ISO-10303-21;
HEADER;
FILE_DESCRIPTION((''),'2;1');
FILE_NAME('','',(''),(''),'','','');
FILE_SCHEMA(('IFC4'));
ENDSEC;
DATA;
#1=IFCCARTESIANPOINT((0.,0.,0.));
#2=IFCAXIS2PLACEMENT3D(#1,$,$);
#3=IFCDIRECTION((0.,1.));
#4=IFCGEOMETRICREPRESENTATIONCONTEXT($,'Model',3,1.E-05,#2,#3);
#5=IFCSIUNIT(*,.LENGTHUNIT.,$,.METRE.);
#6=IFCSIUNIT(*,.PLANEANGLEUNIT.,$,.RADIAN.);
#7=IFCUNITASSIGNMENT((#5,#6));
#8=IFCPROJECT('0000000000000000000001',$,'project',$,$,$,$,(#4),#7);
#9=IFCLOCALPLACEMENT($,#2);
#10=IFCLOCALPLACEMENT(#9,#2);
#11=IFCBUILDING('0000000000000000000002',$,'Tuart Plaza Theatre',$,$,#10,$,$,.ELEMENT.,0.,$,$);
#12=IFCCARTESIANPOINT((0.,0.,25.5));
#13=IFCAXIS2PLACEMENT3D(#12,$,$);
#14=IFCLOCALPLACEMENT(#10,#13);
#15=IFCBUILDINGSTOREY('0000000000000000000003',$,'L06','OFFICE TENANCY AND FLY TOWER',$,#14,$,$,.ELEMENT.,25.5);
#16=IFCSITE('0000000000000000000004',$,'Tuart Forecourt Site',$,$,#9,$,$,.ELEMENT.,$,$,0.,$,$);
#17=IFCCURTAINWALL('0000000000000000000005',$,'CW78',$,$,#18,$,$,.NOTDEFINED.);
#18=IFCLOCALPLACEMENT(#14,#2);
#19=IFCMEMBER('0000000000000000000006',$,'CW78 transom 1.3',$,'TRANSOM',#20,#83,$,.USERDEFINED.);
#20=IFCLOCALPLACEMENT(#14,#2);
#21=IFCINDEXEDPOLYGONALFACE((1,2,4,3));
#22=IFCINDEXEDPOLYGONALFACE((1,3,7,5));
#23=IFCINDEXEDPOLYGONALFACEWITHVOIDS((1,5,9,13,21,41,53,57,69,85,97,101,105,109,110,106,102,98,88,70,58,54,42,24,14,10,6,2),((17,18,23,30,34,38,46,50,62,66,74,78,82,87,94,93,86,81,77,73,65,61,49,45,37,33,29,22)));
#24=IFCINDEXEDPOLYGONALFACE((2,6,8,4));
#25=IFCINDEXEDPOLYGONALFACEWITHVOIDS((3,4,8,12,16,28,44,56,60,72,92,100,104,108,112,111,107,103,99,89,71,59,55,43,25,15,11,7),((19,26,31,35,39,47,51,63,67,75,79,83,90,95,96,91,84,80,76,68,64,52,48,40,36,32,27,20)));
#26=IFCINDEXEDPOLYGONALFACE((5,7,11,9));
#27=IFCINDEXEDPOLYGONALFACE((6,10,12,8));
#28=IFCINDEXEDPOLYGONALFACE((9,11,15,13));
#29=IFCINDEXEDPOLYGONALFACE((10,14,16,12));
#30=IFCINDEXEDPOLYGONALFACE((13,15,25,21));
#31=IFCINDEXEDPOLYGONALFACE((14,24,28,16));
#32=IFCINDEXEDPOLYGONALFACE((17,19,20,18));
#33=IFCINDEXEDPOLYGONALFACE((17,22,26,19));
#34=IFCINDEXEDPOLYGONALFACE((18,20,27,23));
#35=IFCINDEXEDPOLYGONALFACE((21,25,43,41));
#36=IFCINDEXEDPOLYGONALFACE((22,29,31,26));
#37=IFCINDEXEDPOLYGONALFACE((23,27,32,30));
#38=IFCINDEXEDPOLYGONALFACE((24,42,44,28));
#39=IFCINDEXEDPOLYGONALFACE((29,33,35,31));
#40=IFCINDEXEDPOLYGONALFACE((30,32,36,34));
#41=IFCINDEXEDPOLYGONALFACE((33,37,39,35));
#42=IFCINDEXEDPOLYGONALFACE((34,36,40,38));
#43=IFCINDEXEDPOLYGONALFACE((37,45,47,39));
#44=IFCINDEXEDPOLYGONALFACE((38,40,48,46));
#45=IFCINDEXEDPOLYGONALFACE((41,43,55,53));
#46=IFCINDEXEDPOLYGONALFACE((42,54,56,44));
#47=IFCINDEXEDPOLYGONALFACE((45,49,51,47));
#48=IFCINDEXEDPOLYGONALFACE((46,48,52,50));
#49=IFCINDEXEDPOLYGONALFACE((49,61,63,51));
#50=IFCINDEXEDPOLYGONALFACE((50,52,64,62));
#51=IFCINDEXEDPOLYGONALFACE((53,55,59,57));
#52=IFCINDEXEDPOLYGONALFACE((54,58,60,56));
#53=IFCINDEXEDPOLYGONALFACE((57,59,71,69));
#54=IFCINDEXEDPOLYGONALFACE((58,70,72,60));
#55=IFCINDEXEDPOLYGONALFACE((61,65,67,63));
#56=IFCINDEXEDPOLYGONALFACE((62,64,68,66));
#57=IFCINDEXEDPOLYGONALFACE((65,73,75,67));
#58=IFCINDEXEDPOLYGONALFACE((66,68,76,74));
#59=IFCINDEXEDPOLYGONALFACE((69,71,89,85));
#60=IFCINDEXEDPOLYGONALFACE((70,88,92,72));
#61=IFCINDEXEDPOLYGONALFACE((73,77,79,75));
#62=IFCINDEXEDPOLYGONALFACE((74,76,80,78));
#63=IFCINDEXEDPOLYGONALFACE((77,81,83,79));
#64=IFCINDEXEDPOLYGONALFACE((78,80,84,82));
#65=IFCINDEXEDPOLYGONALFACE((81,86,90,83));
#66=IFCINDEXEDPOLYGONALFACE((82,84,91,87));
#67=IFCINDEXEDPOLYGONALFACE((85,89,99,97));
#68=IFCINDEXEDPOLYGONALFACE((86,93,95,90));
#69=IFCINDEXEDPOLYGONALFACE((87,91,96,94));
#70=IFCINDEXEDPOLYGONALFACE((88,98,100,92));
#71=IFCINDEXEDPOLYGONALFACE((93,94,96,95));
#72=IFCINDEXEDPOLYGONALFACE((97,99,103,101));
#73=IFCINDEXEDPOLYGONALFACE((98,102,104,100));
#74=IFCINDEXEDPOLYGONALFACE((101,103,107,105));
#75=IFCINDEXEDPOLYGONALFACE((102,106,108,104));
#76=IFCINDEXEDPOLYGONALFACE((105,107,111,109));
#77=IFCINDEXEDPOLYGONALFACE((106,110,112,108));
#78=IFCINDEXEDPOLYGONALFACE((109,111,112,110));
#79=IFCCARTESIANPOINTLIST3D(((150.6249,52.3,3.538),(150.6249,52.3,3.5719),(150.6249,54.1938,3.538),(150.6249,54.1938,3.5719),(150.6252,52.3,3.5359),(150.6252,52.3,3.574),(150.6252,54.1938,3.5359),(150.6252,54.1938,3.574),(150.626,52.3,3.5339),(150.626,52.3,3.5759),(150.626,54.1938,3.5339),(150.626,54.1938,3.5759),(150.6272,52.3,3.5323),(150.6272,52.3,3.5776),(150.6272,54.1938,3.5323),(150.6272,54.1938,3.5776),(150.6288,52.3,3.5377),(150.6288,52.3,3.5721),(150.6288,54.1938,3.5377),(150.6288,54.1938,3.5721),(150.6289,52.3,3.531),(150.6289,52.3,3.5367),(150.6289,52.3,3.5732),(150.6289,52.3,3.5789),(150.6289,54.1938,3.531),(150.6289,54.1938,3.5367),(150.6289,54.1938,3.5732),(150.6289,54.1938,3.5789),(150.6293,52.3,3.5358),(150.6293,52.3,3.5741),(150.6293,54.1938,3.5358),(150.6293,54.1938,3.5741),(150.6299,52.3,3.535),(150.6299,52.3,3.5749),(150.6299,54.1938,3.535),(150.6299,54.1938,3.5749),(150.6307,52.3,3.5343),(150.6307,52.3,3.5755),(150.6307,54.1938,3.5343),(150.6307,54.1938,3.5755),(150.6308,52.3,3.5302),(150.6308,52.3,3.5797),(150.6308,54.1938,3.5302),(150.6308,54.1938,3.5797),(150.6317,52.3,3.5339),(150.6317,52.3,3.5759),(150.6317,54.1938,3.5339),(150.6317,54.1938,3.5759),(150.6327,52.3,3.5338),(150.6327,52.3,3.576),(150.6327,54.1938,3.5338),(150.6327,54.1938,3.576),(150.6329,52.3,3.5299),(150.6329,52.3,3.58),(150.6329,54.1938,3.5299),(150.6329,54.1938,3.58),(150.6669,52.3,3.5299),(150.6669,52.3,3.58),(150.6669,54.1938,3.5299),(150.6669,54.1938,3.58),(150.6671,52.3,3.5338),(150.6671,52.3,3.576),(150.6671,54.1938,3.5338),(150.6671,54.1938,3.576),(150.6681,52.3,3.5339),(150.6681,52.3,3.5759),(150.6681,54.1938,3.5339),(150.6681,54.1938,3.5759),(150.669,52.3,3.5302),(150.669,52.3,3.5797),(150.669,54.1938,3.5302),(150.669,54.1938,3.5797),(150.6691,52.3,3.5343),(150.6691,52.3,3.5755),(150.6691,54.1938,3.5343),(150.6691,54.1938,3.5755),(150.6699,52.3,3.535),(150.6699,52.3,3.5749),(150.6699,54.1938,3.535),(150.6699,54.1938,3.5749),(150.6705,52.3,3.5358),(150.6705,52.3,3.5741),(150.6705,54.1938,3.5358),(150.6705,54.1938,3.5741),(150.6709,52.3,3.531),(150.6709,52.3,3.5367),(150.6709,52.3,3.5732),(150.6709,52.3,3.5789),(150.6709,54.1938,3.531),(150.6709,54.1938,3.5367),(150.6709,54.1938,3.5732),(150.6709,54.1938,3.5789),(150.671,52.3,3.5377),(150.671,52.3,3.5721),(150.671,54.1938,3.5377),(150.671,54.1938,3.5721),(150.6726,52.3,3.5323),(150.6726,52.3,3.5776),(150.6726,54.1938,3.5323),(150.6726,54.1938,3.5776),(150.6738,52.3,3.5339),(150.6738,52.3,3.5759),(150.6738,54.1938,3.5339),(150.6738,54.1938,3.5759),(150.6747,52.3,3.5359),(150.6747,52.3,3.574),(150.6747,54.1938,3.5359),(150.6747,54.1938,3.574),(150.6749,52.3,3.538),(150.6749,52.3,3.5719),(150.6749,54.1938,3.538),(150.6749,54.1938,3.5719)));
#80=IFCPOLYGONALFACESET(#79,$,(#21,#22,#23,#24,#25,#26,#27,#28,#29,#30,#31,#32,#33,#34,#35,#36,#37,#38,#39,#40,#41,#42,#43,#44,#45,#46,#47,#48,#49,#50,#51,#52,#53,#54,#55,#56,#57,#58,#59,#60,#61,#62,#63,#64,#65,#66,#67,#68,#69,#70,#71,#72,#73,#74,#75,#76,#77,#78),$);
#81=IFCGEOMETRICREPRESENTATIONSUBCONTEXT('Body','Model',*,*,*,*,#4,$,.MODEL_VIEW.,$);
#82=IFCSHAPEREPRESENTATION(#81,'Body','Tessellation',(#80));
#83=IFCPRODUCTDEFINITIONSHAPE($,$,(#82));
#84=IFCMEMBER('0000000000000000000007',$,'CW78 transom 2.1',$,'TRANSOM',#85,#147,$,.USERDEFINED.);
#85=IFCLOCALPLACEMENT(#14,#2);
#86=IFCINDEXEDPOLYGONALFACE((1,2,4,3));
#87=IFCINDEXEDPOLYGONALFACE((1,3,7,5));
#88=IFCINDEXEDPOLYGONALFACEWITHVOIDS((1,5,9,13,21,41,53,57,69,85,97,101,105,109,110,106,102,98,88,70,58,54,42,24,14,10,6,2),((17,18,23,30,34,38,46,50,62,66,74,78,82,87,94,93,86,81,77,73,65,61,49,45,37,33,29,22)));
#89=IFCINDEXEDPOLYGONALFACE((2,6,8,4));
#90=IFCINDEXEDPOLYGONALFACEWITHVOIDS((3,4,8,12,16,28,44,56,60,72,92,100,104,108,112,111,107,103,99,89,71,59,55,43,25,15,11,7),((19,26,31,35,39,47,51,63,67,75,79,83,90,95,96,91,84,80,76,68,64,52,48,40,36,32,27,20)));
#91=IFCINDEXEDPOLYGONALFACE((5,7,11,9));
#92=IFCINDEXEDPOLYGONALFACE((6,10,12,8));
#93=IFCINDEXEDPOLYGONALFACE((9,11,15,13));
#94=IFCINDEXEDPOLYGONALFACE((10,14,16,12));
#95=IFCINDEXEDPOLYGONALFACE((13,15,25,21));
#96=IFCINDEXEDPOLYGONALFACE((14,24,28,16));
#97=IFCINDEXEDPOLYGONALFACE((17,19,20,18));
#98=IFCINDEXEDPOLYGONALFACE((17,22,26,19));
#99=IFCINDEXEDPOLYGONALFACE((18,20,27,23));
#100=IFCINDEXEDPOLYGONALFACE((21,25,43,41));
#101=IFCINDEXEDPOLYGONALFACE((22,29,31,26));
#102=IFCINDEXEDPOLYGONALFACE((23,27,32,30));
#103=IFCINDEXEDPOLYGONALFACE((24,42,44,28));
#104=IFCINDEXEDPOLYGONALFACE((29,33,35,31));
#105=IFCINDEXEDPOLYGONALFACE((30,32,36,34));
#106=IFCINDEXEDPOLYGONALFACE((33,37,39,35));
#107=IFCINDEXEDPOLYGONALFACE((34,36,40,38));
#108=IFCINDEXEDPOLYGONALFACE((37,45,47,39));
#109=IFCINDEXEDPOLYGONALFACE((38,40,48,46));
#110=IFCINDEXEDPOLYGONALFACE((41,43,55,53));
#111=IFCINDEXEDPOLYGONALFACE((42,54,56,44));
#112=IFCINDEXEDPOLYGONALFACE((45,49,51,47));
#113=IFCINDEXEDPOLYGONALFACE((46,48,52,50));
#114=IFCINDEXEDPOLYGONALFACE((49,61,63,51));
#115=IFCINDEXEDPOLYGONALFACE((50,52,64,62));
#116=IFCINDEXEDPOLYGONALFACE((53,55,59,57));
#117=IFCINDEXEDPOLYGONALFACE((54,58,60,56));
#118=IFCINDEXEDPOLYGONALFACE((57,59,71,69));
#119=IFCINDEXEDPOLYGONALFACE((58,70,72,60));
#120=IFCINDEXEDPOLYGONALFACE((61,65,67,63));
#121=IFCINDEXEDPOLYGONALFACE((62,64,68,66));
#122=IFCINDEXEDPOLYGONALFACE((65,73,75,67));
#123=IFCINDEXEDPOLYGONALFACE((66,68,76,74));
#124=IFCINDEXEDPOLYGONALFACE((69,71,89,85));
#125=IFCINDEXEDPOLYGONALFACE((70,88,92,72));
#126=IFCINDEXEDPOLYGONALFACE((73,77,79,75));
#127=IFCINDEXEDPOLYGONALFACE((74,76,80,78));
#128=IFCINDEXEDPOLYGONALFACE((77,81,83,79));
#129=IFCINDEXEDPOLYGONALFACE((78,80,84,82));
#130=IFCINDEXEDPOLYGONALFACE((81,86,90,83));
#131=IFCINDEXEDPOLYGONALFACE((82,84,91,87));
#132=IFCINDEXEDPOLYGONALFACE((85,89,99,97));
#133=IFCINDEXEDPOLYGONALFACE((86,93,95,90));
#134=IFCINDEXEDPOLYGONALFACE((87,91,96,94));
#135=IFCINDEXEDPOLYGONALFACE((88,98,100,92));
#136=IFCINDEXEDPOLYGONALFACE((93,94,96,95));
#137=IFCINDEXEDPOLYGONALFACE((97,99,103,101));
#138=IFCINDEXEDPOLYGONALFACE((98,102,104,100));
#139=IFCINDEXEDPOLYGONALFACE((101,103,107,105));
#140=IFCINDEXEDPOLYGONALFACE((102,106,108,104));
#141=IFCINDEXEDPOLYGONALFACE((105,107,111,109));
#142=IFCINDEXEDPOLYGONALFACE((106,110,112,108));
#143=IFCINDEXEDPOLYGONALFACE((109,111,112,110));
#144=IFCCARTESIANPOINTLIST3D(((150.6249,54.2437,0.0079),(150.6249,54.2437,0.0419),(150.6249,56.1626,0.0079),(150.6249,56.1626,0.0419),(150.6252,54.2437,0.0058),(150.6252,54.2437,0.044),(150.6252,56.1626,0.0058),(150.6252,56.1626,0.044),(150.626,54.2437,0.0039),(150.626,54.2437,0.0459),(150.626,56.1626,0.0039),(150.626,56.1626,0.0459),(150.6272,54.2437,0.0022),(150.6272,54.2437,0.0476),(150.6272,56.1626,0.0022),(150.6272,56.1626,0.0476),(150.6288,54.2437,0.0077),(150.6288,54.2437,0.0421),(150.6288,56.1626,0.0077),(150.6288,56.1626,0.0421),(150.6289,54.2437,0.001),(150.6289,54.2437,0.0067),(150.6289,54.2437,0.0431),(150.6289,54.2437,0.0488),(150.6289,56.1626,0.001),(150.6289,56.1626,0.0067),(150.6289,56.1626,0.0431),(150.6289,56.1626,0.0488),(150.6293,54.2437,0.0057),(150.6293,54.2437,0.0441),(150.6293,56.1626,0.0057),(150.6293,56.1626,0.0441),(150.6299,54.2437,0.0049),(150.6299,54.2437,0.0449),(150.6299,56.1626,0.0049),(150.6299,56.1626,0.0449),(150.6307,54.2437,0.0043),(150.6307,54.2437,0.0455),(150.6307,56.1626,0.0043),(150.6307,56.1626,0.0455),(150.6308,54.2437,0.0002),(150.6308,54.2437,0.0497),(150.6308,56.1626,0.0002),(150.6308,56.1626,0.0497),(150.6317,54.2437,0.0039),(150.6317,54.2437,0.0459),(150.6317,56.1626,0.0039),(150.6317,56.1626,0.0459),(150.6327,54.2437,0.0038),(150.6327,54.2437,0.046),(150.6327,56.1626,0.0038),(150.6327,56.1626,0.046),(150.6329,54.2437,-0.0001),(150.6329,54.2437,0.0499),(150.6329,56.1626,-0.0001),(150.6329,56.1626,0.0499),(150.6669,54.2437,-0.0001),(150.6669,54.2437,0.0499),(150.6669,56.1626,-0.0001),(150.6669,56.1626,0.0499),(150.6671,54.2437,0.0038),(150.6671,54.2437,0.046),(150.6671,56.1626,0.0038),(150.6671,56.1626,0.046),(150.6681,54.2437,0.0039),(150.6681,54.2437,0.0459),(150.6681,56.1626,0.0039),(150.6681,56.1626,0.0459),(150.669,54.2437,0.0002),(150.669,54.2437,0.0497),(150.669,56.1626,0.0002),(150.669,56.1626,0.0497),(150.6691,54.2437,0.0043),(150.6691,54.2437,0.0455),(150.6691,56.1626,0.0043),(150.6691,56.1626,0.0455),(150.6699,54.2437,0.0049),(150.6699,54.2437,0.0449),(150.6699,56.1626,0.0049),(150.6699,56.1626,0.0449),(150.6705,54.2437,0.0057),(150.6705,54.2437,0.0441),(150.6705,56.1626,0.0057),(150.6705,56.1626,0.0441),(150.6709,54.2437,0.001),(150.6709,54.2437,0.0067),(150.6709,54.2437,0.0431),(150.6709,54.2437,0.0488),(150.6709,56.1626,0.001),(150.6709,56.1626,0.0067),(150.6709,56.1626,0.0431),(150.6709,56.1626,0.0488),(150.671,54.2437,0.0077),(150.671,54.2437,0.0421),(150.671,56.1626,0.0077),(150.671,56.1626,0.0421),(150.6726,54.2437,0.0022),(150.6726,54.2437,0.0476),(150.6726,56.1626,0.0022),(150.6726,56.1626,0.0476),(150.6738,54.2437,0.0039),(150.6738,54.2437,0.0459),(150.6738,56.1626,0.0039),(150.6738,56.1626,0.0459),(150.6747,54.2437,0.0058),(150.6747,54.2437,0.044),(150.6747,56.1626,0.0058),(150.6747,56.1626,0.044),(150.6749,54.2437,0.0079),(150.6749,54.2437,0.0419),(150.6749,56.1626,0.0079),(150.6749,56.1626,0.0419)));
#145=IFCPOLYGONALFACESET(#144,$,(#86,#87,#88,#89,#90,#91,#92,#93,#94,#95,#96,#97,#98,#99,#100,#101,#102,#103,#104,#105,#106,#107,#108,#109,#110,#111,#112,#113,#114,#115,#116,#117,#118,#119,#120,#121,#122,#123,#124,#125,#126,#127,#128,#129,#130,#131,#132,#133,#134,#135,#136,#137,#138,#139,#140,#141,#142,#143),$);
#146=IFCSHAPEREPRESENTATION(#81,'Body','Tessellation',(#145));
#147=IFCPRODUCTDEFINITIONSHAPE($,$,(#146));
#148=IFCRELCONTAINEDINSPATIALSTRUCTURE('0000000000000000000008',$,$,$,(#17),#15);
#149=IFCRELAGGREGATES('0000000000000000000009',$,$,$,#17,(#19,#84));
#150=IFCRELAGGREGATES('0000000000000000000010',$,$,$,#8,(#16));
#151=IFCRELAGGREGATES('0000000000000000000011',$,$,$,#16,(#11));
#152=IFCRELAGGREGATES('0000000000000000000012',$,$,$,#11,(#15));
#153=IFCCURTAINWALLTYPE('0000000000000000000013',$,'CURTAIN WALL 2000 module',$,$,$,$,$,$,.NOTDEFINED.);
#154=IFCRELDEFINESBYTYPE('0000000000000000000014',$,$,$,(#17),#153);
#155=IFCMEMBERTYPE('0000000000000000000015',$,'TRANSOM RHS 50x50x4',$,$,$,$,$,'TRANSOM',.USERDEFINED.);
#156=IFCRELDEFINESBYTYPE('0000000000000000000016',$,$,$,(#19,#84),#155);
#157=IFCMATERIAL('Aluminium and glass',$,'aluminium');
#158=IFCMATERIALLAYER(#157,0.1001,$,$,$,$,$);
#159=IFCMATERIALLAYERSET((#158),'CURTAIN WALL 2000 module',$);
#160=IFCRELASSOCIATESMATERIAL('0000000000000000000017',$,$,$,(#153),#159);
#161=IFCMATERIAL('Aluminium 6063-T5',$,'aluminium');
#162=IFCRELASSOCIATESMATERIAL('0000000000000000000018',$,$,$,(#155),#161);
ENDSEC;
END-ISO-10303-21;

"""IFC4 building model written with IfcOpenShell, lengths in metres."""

from ifc_helpers import new_model, si_unit, direction, frame, origin, origin_2d, place, context, subcontext, project, spatial, hollow_rectangle, extrude, material, layer, layer_set, material_profile, profile_set, type_object, element, aggregate, save


model = new_model("IFC4")

# Units and contexts
model_context = context("Model", 3, precision=1e-05, world=origin(), true_north=direction((0.0, 1.0)))
body_context = subcontext(model_context, "Body", "Model", "MODEL_VIEW")
ifc_project = project(units=[si_unit("LENGTHUNIT", "METRE"), si_unit("PLANEANGLEUNIT", "RADIAN")], contexts=[model_context])

# Site, building, storey
site_placement = place(None, origin())
site = spatial("IfcSite", under=ifc_project, at=site_placement, Name="Tuart Forecourt Site", CompositionType="ELEMENT", RefElevation=0.0)
building_placement = place(site_placement, origin())
building = spatial("IfcBuilding", under=site, at=building_placement, Name="Tuart Plaza Theatre", CompositionType="ELEMENT", ElevationOfRefHeight=0.0)
storey_placement = place(building_placement, frame((0.0, 0.0, 25.5)))
storey = spatial("IfcBuildingStorey", under=building, at=storey_placement, Name="L06", Description="OFFICE TENANCY AND FLY TOWER", CompositionType="ELEMENT", Elevation=25.5)

# Curtain wall
ifc_material_1 = material(Name="Aluminium and glass", Category="aluminium")
ifc_layer_1 = layer(ifc_material_1, 0.1001)
ifc_layer_set_1 = layer_set([ifc_layer_1], Name="CURTAIN WALL 2000 module")
curtain_wall_type = type_object("IfcCurtainWallType", Name="CURTAIN WALL 2000 module", PredefinedType="NOTDEFINED", material=ifc_layer_set_1)
curtain_wall_1_placement = place(storey_placement, origin())
curtain_wall_1 = element("IfcCurtainWall", 1, at=curtain_wall_1_placement, inside=storey, type_object=curtain_wall_type, Name="CW78", PredefinedType="NOTDEFINED")

# Members
ifc_material_2 = material(Name="Aluminium 6063-T5", Category="aluminium")
ifc_material_profile_1 = material_profile(ifc_material_2, hollow_rectangle(XDim=0.05, YDim=0.05, WallThickness=0.0039, InnerFilletRadius=0.0039, OuterFilletRadius=0.0081, at=origin_2d()), Name="RHS 50x50x4")
ifc_profile_set_1 = profile_set([ifc_material_profile_1], Name="Aluminium 6063-T5")
member_type_1 = type_object("IfcMemberType", Name="TRANSOM RHS 50x50x4", ElementType="TRANSOM", PredefinedType="USERDEFINED", material=ifc_profile_set_1)
member_1_placement = place(storey_placement, frame((150.6499, 52.3, 3.5549), z_axis=(0.0, 1.0, 0.0), x_axis=(-1.0, 0.0, 0.0)))
member_1 = element("IfcMember", 2, at=member_1_placement, type_object=member_type_1, Name="CW78 transom 1.3", ObjectType="TRANSOM", PredefinedType="USERDEFINED", context=body_context, shape_type="SweptSolid", body=[
    extrude(hollow_rectangle(XDim=0.05, YDim=0.05, WallThickness=0.0039, InnerFilletRadius=0.0039, OuterFilletRadius=0.0081, at=origin_2d()), origin(), (0.0, 0.0, 1.0), 1.8938),
])
member_2_placement = place(storey_placement, frame((150.6499, 54.2437, 0.0249), z_axis=(0.0, 1.0, 0.0), x_axis=(-1.0, 0.0, 0.0)))
member_2 = element("IfcMember", 3, at=member_2_placement, type_object=member_type_1, Name="CW78 transom 2.1", ObjectType="TRANSOM", PredefinedType="USERDEFINED", context=body_context, shape_type="SweptSolid", body=[
    extrude(hollow_rectangle(XDim=0.05, YDim=0.05, WallThickness=0.0039, InnerFilletRadius=0.0039, OuterFilletRadius=0.0081, at=origin_2d()), origin(), (0.0, 0.0, 1.0), 1.9189),
])

aggregate(curtain_wall_1, [member_1, member_2])

save(model, "model.ifc")
